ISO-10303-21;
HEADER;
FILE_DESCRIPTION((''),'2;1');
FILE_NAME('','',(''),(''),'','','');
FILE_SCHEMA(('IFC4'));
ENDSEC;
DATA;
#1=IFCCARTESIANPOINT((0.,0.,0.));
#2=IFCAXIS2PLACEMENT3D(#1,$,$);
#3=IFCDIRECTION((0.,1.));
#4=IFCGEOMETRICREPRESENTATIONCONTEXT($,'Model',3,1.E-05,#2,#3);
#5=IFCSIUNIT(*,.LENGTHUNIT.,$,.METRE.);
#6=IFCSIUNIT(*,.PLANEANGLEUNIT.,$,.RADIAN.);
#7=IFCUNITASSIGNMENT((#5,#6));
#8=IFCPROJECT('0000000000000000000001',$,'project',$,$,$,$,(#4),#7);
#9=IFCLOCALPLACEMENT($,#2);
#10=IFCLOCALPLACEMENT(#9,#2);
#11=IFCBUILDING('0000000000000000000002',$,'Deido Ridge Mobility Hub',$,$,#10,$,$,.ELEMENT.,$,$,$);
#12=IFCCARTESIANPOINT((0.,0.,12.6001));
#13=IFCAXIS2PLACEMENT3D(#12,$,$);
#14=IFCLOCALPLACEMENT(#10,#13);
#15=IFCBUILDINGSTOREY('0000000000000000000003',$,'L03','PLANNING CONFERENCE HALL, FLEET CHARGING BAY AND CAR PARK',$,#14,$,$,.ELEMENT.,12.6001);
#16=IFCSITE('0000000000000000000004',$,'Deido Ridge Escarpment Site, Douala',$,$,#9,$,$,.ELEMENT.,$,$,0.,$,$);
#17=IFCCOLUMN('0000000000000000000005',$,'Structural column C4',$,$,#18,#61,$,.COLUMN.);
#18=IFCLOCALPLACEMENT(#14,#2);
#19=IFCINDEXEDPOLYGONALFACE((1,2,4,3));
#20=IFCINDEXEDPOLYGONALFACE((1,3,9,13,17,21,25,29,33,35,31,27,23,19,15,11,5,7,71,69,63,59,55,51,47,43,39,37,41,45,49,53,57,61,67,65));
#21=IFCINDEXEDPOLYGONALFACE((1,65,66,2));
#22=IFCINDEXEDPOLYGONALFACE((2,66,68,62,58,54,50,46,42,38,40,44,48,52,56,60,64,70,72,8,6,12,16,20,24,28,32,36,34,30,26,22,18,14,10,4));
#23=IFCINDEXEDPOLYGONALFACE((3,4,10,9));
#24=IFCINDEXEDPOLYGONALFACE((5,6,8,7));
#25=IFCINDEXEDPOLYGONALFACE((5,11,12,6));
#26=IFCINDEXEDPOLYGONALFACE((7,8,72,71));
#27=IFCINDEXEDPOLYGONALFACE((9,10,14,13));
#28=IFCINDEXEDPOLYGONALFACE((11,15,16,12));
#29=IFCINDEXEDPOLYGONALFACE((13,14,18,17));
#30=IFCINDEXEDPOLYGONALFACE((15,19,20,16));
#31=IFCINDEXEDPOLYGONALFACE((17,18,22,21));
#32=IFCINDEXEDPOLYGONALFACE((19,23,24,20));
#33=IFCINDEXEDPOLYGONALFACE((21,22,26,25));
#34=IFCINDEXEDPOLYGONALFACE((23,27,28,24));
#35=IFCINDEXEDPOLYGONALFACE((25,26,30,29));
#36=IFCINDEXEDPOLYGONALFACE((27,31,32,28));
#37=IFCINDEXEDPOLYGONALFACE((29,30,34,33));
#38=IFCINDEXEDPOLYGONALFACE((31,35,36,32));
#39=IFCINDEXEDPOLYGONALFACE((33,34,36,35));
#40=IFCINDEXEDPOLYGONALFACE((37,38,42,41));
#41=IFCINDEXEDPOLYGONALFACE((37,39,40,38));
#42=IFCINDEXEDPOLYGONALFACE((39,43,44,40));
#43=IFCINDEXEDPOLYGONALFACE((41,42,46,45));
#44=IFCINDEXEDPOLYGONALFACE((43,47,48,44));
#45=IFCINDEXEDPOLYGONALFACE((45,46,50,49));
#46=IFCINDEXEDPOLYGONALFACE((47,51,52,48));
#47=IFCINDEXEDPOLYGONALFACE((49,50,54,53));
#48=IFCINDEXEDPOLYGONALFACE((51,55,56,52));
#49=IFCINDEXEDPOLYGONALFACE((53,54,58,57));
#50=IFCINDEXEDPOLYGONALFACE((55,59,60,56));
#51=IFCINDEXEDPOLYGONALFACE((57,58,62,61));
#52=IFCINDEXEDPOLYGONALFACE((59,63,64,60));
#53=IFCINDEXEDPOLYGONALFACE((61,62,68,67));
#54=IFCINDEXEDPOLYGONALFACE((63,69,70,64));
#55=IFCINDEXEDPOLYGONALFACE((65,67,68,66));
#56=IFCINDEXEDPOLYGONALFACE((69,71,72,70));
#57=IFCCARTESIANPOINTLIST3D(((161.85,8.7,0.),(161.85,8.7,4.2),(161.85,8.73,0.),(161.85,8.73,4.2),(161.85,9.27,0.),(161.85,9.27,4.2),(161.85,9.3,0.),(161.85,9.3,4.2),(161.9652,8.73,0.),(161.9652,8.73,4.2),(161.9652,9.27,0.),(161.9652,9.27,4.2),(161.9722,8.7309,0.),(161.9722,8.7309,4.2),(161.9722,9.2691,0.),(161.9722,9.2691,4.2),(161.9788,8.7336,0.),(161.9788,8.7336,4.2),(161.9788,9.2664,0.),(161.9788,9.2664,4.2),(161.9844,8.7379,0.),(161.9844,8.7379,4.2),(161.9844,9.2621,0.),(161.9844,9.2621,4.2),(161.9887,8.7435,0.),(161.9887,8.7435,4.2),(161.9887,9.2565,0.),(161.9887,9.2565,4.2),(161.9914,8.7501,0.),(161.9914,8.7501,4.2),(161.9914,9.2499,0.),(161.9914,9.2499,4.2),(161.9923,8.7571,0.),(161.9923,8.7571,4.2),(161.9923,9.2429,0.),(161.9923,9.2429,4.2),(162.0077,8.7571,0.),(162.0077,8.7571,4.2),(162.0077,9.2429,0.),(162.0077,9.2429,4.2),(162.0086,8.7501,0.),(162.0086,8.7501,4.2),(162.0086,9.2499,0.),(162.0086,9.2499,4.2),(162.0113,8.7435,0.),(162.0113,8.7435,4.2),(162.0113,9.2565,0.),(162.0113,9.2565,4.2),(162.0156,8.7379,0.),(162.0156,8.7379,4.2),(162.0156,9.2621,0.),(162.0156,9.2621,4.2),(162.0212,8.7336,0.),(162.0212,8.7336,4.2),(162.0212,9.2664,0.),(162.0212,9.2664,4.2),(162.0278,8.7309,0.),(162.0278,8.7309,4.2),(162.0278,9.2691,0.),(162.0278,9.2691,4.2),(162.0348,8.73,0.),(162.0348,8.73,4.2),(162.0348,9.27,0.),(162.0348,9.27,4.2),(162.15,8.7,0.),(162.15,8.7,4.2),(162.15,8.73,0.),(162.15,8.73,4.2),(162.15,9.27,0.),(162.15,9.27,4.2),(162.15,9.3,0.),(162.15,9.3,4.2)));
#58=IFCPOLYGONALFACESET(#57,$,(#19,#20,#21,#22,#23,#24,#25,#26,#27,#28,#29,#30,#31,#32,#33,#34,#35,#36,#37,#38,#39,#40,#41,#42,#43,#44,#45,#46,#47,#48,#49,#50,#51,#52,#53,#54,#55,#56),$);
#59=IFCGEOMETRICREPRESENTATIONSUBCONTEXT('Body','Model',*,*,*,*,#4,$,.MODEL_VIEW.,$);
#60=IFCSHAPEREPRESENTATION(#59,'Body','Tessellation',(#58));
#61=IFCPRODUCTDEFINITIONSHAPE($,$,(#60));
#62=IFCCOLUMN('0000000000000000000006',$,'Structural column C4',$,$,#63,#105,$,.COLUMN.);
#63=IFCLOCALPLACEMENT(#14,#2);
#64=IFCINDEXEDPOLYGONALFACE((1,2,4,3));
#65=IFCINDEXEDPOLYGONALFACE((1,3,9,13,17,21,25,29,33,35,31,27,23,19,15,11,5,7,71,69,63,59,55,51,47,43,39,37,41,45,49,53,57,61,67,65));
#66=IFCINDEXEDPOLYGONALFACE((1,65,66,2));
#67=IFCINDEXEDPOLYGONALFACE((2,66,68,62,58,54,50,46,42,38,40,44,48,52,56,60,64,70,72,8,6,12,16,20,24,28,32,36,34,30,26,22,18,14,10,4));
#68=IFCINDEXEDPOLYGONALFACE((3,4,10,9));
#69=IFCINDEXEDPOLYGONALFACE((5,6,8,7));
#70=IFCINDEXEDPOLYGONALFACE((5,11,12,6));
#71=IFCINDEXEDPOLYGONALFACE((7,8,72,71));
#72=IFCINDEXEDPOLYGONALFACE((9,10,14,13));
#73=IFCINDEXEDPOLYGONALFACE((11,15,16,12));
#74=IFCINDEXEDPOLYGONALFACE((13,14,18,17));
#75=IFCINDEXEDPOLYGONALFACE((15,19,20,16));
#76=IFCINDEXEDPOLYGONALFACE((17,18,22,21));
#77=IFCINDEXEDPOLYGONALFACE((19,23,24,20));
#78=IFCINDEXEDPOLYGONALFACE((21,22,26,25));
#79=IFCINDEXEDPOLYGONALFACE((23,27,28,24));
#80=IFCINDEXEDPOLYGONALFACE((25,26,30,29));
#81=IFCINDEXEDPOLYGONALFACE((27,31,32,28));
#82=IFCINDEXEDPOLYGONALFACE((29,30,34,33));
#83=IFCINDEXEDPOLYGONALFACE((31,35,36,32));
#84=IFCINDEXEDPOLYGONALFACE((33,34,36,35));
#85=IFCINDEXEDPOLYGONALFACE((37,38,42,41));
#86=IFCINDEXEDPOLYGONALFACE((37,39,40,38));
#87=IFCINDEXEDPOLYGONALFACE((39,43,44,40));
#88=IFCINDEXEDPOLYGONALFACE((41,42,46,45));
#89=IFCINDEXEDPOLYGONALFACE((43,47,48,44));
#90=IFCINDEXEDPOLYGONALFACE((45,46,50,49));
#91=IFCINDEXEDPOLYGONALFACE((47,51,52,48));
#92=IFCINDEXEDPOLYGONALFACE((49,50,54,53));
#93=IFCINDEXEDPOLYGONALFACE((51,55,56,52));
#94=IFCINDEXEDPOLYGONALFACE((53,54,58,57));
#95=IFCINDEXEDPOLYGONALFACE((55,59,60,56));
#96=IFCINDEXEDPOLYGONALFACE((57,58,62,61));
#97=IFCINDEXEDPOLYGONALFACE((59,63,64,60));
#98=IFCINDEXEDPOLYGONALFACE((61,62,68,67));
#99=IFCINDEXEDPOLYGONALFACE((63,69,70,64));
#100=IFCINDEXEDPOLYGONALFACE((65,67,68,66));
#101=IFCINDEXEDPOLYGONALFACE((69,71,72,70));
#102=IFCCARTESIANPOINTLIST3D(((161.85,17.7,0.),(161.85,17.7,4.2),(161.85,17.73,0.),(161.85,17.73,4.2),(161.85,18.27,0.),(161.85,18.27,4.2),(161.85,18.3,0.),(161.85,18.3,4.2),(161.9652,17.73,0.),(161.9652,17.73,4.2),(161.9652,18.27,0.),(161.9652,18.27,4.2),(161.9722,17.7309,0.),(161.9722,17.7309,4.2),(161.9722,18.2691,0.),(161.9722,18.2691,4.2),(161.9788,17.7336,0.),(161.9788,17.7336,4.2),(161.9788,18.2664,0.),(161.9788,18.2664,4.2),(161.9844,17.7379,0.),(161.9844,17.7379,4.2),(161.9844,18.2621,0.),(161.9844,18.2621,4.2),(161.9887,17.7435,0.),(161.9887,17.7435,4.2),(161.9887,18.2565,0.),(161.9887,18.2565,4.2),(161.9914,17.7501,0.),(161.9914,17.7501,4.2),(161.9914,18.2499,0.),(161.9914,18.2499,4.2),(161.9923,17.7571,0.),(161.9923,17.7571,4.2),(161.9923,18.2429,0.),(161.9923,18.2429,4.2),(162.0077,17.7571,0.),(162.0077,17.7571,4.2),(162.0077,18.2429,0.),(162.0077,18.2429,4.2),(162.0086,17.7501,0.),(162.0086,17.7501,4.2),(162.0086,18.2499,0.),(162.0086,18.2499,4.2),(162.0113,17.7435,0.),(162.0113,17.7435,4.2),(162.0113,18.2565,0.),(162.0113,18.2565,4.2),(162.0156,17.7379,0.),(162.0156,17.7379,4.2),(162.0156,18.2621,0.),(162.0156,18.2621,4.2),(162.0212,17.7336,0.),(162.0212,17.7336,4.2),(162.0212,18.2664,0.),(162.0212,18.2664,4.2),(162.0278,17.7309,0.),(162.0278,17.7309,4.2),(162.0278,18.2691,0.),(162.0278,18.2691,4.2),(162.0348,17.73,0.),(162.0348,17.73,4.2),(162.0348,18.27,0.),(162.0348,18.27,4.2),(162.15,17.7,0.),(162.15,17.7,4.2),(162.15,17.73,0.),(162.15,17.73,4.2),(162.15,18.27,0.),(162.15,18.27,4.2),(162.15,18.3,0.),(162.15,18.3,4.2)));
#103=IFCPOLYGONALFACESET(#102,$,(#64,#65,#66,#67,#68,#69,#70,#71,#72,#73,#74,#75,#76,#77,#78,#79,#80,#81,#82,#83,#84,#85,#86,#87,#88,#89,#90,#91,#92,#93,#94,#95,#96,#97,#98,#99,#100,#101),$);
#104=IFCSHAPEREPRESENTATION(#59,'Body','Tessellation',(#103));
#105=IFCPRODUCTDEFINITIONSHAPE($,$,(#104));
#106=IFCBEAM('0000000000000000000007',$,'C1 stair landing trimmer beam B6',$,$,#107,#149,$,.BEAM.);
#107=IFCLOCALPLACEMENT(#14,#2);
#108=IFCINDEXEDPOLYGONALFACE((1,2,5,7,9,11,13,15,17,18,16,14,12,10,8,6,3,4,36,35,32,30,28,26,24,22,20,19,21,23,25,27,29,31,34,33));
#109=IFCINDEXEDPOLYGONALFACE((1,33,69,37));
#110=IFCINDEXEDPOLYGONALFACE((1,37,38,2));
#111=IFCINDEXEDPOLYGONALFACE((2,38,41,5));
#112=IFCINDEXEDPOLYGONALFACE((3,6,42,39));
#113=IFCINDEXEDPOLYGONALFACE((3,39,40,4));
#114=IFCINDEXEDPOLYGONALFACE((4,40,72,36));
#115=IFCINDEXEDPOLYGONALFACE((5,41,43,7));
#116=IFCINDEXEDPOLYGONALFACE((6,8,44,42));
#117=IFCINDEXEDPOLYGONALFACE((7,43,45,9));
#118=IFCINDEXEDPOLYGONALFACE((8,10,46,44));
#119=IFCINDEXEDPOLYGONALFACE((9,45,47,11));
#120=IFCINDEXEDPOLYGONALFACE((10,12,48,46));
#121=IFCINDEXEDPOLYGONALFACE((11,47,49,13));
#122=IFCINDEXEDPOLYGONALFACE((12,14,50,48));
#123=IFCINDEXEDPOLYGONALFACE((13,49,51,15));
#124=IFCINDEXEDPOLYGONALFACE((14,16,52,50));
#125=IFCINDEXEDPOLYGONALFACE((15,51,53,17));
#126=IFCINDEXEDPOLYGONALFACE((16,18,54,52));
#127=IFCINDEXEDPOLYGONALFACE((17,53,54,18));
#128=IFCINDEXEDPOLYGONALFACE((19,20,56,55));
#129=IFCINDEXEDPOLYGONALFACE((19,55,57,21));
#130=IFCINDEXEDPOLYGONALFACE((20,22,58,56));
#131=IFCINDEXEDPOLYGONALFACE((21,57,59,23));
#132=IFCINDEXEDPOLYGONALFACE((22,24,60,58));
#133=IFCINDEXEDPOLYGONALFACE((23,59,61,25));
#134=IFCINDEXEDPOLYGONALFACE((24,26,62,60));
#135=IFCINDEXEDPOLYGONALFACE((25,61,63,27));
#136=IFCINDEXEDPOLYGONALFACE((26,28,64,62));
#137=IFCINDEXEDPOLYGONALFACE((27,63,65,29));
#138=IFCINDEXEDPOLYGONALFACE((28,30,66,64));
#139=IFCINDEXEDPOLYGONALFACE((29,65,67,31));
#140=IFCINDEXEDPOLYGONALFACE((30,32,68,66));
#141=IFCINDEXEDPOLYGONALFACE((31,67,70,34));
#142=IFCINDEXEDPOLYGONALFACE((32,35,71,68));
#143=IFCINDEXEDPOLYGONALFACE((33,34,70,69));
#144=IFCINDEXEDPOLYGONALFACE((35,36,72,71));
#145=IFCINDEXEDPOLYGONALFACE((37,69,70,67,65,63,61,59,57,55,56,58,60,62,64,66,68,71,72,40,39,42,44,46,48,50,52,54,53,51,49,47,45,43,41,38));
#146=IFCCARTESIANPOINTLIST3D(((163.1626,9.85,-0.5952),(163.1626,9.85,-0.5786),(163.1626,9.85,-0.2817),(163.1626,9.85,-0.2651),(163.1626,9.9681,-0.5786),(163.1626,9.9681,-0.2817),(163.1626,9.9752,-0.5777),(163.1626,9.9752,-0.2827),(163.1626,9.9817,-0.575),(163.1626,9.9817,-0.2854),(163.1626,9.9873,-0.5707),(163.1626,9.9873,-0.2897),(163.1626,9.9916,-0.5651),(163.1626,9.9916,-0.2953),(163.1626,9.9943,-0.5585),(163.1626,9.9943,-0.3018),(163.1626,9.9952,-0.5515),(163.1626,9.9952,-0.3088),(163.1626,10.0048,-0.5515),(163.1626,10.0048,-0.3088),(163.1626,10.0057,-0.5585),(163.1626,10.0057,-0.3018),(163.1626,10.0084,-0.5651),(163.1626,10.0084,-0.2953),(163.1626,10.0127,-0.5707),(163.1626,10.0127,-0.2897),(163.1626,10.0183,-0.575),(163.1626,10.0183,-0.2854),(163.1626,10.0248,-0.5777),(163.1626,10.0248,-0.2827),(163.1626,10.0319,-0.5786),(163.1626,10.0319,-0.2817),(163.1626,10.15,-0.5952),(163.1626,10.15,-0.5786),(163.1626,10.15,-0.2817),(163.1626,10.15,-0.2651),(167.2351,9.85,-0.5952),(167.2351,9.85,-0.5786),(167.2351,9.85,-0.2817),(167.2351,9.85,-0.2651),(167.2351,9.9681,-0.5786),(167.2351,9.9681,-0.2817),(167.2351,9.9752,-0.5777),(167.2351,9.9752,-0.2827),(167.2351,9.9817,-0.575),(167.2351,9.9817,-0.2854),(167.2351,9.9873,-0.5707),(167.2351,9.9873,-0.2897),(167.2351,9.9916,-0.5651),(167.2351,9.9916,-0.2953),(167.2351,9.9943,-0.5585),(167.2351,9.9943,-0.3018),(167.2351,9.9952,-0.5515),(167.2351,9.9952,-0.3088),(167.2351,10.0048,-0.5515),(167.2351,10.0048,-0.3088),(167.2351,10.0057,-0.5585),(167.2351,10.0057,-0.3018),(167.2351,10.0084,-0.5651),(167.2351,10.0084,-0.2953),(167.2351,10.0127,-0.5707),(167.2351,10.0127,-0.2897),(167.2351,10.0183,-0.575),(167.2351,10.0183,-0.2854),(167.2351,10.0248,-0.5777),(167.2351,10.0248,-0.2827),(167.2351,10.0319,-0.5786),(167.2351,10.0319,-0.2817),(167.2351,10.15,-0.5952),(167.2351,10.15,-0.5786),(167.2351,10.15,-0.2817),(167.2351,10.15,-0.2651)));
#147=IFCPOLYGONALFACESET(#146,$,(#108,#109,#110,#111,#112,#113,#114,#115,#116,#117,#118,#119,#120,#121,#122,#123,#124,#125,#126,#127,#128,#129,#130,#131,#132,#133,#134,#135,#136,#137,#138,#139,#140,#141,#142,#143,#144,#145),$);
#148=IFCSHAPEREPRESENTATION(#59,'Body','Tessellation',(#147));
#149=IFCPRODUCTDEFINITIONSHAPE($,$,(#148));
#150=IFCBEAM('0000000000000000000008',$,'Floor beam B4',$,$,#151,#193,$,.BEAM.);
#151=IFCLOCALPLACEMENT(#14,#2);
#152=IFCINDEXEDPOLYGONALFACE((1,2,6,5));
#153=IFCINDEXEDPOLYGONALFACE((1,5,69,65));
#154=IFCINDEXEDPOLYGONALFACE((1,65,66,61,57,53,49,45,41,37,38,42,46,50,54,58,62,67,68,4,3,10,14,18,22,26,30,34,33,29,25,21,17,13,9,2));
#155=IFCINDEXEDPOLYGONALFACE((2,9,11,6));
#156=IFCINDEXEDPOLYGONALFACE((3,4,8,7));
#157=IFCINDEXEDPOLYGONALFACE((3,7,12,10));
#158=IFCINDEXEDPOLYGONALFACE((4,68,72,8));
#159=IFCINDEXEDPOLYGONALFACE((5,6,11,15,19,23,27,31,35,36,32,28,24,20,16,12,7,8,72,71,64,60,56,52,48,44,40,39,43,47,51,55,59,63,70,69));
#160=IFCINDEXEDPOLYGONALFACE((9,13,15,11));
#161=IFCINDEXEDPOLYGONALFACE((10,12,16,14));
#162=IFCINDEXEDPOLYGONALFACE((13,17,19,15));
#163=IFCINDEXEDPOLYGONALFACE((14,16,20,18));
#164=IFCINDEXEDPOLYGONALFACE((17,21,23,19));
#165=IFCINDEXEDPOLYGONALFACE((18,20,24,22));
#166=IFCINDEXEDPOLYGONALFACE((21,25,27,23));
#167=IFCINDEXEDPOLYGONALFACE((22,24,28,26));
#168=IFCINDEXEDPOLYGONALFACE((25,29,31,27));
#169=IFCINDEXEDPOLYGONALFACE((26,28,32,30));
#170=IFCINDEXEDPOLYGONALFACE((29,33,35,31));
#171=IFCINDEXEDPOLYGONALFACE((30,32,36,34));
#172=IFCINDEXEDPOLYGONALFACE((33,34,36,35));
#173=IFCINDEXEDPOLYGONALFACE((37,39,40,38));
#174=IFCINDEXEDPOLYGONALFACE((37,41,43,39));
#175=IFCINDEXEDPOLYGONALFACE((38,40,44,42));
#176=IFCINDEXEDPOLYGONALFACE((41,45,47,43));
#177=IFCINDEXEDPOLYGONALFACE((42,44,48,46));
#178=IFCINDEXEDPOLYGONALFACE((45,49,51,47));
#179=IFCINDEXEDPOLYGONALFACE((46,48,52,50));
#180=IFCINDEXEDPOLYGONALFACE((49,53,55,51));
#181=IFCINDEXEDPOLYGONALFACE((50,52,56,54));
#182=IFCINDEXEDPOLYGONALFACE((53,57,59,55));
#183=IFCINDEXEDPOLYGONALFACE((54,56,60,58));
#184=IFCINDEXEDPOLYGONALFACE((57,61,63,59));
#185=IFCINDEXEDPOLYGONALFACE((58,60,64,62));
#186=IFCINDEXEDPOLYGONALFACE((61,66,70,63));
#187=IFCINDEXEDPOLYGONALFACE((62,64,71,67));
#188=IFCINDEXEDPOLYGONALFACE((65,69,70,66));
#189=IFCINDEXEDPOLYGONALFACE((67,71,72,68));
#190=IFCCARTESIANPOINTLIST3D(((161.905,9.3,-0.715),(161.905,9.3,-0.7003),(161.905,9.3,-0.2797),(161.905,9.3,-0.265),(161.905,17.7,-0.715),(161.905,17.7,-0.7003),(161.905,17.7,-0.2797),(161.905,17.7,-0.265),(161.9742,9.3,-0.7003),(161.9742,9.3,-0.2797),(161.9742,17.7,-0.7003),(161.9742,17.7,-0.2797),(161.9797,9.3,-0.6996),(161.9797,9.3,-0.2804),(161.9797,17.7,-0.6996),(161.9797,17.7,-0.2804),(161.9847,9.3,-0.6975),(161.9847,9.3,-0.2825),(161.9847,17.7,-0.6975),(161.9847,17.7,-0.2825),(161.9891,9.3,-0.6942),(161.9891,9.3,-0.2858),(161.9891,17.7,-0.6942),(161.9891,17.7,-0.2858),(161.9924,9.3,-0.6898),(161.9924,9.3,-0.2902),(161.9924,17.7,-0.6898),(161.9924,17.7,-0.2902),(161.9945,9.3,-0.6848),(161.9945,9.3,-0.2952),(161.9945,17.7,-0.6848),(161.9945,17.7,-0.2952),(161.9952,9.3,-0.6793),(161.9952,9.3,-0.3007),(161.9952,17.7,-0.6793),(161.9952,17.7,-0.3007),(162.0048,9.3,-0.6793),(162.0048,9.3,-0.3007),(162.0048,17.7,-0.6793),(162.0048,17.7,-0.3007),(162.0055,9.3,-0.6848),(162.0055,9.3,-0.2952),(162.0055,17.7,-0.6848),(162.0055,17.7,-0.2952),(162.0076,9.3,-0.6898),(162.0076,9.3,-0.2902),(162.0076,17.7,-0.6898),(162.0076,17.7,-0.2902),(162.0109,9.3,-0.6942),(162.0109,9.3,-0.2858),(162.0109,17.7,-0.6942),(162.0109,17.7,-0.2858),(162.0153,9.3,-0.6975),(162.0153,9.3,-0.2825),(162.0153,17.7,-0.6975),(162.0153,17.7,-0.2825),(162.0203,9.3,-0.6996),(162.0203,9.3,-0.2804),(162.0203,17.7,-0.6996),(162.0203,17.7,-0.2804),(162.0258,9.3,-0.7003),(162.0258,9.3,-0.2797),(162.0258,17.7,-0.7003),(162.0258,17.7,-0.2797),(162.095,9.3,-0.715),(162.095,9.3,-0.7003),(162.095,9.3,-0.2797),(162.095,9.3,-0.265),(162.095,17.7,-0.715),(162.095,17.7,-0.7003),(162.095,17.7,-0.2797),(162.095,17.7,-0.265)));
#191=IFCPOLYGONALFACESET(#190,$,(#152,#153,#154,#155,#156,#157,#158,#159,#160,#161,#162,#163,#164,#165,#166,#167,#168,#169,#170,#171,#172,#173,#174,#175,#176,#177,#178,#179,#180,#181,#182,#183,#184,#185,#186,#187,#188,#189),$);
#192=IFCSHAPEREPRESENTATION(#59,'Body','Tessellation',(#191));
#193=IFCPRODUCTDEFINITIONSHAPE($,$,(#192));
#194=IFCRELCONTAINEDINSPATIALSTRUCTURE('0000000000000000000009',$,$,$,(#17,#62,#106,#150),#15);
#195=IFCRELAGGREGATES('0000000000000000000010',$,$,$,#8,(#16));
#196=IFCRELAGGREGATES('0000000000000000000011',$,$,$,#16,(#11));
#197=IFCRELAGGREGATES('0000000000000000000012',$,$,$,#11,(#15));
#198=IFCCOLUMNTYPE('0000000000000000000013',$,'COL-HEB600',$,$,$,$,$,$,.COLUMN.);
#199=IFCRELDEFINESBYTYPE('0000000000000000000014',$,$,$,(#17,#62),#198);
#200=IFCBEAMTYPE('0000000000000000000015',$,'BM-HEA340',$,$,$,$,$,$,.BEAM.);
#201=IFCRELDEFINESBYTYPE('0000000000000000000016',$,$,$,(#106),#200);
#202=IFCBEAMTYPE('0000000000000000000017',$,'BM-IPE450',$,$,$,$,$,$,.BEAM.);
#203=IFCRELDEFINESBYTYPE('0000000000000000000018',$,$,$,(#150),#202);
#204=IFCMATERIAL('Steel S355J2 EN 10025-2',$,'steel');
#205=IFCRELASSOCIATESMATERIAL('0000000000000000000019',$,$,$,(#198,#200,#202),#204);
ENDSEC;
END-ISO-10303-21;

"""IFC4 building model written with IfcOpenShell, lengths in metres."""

from ifc_helpers import new_model, si_unit, direction, frame, origin, origin_2d, place, context, subcontext, project, spatial, i_section, extrude, material, material_profile, profile_set, type_object, element, save


model = new_model("IFC4")

# Units and contexts
model_context = context("Model", 3, precision=1e-05, world=origin(), true_north=direction((0.0, 1.0)))
body_context = subcontext(model_context, "Body", "Model", "MODEL_VIEW")
ifc_project = project(units=[si_unit("LENGTHUNIT", "METRE"), si_unit("PLANEANGLEUNIT", "RADIAN")], contexts=[model_context])

# Site, building, storey
site_placement = place(None, origin())
site = spatial("IfcSite", under=ifc_project, at=site_placement, Name="Deido Ridge Escarpment Site, Douala", CompositionType="ELEMENT", RefElevation=0.0)
building_placement = place(site_placement, origin())
building = spatial("IfcBuilding", under=site, at=building_placement, Name="Deido Ridge Mobility Hub", CompositionType="ELEMENT")
storey_placement = place(building_placement, frame((0.0, 0.0, 12.6001)))
storey = spatial("IfcBuildingStorey", under=building, at=storey_placement, Name="L03", Description="PLANNING CONFERENCE HALL, FLEET CHARGING BAY AND CAR PARK", CompositionType="ELEMENT", Elevation=12.6001)

# Columns
ifc_material_1 = material(Name="Steel S355J2 EN 10025-2", Category="steel")
ifc_material_profile_1 = material_profile(ifc_material_1, i_section(OverallWidth=0.3, OverallDepth=0.6001, WebThickness=0.0154, FlangeThickness=0.03, FilletRadius=0.0271, at=origin_2d()), Name="HEB 600")
ifc_profile_set_1 = profile_set([ifc_material_profile_1], Name="Steel S355J2 EN 10025-2")
column_type = type_object("IfcColumnType", Name="COL-HEB600", PredefinedType="COLUMN", material=ifc_profile_set_1)
for number, where, z_axis, x_axis, name in (
    (1, (162.0, 9.0, 0.0), (0.0, 0.0, 1.0), (1.0, 0.0, 0.0), "Structural column C4"),
    (2, (162.0, 18.0, 0.0), (0.0, 0.0, 1.0), (1.0, 0.0, 0.0), "Structural column C4"),
):
    element("IfcColumn", number, at=place(storey_placement, frame(where, z_axis=z_axis, x_axis=x_axis)), inside=storey, type_object=column_type, Name=name, PredefinedType="COLUMN", context=body_context, shape_type="SweptSolid", body=[
        extrude(i_section(OverallWidth=0.3, OverallDepth=0.6001, WebThickness=0.0154, FlangeThickness=0.03, FilletRadius=0.0271, at=origin_2d()), origin(), (0.0, 0.0, 1.0), 4.2),
    ])

# Beams
ifc_material_profile_2 = material_profile(ifc_material_1, i_section(OverallWidth=0.3, OverallDepth=0.3301, WebThickness=0.0095, FlangeThickness=0.0166, FilletRadius=0.0271, at=origin_2d()), Name="HEA 340")
ifc_profile_set_2 = profile_set([ifc_material_profile_2], Name="Steel S355J2 EN 10025-2")
beam_type_1 = type_object("IfcBeamType", Name="BM-HEA340", PredefinedType="BEAM", material=ifc_profile_set_2)
beam_placement = place(storey_placement, frame((163.1626, 10.0, -0.4302), z_axis=(1.0, 0.0, 0.0), x_axis=(0.0, 1.0, 0.0)))
element("IfcBeam", 3, at=beam_placement, inside=storey, type_object=beam_type_1, Name="C1 stair landing trimmer beam B6", PredefinedType="BEAM", context=body_context, shape_type="SweptSolid", body=[
    extrude(i_section(OverallWidth=0.3, OverallDepth=0.3301, WebThickness=0.0095, FlangeThickness=0.0166, FilletRadius=0.0271, at=origin_2d()), origin(), (0.0, 0.0, 1.0), 4.0725),
])
ifc_material_profile_3 = material_profile(ifc_material_1, i_section(OverallWidth=0.1899, OverallDepth=0.45, WebThickness=0.0095, FlangeThickness=0.0146, FilletRadius=0.021, at=origin_2d()), Name="IPE 450")
ifc_profile_set_3 = profile_set([ifc_material_profile_3], Name="Steel S355J2 EN 10025-2")
beam_type_2 = type_object("IfcBeamType", Name="BM-IPE450", PredefinedType="BEAM", material=ifc_profile_set_3)
for number, where, z_axis, x_axis, name in (
    (4, (162.0, 9.3, -0.49), (0.0, 1.0, 0.0), (-1.0, 0.0, 0.0), "Floor beam B4"),
):
    element("IfcBeam", number, at=place(storey_placement, frame(where, z_axis=z_axis, x_axis=x_axis)), inside=storey, type_object=beam_type_2, Name=name, PredefinedType="BEAM", context=body_context, shape_type="SweptSolid", body=[
        extrude(i_section(OverallWidth=0.1899, OverallDepth=0.45, WebThickness=0.0095, FlangeThickness=0.0146, FilletRadius=0.021, at=origin_2d()), origin(), (0.0, 0.0, 1.0), 8.3999),
    ])

save(model, "model.ifc")
